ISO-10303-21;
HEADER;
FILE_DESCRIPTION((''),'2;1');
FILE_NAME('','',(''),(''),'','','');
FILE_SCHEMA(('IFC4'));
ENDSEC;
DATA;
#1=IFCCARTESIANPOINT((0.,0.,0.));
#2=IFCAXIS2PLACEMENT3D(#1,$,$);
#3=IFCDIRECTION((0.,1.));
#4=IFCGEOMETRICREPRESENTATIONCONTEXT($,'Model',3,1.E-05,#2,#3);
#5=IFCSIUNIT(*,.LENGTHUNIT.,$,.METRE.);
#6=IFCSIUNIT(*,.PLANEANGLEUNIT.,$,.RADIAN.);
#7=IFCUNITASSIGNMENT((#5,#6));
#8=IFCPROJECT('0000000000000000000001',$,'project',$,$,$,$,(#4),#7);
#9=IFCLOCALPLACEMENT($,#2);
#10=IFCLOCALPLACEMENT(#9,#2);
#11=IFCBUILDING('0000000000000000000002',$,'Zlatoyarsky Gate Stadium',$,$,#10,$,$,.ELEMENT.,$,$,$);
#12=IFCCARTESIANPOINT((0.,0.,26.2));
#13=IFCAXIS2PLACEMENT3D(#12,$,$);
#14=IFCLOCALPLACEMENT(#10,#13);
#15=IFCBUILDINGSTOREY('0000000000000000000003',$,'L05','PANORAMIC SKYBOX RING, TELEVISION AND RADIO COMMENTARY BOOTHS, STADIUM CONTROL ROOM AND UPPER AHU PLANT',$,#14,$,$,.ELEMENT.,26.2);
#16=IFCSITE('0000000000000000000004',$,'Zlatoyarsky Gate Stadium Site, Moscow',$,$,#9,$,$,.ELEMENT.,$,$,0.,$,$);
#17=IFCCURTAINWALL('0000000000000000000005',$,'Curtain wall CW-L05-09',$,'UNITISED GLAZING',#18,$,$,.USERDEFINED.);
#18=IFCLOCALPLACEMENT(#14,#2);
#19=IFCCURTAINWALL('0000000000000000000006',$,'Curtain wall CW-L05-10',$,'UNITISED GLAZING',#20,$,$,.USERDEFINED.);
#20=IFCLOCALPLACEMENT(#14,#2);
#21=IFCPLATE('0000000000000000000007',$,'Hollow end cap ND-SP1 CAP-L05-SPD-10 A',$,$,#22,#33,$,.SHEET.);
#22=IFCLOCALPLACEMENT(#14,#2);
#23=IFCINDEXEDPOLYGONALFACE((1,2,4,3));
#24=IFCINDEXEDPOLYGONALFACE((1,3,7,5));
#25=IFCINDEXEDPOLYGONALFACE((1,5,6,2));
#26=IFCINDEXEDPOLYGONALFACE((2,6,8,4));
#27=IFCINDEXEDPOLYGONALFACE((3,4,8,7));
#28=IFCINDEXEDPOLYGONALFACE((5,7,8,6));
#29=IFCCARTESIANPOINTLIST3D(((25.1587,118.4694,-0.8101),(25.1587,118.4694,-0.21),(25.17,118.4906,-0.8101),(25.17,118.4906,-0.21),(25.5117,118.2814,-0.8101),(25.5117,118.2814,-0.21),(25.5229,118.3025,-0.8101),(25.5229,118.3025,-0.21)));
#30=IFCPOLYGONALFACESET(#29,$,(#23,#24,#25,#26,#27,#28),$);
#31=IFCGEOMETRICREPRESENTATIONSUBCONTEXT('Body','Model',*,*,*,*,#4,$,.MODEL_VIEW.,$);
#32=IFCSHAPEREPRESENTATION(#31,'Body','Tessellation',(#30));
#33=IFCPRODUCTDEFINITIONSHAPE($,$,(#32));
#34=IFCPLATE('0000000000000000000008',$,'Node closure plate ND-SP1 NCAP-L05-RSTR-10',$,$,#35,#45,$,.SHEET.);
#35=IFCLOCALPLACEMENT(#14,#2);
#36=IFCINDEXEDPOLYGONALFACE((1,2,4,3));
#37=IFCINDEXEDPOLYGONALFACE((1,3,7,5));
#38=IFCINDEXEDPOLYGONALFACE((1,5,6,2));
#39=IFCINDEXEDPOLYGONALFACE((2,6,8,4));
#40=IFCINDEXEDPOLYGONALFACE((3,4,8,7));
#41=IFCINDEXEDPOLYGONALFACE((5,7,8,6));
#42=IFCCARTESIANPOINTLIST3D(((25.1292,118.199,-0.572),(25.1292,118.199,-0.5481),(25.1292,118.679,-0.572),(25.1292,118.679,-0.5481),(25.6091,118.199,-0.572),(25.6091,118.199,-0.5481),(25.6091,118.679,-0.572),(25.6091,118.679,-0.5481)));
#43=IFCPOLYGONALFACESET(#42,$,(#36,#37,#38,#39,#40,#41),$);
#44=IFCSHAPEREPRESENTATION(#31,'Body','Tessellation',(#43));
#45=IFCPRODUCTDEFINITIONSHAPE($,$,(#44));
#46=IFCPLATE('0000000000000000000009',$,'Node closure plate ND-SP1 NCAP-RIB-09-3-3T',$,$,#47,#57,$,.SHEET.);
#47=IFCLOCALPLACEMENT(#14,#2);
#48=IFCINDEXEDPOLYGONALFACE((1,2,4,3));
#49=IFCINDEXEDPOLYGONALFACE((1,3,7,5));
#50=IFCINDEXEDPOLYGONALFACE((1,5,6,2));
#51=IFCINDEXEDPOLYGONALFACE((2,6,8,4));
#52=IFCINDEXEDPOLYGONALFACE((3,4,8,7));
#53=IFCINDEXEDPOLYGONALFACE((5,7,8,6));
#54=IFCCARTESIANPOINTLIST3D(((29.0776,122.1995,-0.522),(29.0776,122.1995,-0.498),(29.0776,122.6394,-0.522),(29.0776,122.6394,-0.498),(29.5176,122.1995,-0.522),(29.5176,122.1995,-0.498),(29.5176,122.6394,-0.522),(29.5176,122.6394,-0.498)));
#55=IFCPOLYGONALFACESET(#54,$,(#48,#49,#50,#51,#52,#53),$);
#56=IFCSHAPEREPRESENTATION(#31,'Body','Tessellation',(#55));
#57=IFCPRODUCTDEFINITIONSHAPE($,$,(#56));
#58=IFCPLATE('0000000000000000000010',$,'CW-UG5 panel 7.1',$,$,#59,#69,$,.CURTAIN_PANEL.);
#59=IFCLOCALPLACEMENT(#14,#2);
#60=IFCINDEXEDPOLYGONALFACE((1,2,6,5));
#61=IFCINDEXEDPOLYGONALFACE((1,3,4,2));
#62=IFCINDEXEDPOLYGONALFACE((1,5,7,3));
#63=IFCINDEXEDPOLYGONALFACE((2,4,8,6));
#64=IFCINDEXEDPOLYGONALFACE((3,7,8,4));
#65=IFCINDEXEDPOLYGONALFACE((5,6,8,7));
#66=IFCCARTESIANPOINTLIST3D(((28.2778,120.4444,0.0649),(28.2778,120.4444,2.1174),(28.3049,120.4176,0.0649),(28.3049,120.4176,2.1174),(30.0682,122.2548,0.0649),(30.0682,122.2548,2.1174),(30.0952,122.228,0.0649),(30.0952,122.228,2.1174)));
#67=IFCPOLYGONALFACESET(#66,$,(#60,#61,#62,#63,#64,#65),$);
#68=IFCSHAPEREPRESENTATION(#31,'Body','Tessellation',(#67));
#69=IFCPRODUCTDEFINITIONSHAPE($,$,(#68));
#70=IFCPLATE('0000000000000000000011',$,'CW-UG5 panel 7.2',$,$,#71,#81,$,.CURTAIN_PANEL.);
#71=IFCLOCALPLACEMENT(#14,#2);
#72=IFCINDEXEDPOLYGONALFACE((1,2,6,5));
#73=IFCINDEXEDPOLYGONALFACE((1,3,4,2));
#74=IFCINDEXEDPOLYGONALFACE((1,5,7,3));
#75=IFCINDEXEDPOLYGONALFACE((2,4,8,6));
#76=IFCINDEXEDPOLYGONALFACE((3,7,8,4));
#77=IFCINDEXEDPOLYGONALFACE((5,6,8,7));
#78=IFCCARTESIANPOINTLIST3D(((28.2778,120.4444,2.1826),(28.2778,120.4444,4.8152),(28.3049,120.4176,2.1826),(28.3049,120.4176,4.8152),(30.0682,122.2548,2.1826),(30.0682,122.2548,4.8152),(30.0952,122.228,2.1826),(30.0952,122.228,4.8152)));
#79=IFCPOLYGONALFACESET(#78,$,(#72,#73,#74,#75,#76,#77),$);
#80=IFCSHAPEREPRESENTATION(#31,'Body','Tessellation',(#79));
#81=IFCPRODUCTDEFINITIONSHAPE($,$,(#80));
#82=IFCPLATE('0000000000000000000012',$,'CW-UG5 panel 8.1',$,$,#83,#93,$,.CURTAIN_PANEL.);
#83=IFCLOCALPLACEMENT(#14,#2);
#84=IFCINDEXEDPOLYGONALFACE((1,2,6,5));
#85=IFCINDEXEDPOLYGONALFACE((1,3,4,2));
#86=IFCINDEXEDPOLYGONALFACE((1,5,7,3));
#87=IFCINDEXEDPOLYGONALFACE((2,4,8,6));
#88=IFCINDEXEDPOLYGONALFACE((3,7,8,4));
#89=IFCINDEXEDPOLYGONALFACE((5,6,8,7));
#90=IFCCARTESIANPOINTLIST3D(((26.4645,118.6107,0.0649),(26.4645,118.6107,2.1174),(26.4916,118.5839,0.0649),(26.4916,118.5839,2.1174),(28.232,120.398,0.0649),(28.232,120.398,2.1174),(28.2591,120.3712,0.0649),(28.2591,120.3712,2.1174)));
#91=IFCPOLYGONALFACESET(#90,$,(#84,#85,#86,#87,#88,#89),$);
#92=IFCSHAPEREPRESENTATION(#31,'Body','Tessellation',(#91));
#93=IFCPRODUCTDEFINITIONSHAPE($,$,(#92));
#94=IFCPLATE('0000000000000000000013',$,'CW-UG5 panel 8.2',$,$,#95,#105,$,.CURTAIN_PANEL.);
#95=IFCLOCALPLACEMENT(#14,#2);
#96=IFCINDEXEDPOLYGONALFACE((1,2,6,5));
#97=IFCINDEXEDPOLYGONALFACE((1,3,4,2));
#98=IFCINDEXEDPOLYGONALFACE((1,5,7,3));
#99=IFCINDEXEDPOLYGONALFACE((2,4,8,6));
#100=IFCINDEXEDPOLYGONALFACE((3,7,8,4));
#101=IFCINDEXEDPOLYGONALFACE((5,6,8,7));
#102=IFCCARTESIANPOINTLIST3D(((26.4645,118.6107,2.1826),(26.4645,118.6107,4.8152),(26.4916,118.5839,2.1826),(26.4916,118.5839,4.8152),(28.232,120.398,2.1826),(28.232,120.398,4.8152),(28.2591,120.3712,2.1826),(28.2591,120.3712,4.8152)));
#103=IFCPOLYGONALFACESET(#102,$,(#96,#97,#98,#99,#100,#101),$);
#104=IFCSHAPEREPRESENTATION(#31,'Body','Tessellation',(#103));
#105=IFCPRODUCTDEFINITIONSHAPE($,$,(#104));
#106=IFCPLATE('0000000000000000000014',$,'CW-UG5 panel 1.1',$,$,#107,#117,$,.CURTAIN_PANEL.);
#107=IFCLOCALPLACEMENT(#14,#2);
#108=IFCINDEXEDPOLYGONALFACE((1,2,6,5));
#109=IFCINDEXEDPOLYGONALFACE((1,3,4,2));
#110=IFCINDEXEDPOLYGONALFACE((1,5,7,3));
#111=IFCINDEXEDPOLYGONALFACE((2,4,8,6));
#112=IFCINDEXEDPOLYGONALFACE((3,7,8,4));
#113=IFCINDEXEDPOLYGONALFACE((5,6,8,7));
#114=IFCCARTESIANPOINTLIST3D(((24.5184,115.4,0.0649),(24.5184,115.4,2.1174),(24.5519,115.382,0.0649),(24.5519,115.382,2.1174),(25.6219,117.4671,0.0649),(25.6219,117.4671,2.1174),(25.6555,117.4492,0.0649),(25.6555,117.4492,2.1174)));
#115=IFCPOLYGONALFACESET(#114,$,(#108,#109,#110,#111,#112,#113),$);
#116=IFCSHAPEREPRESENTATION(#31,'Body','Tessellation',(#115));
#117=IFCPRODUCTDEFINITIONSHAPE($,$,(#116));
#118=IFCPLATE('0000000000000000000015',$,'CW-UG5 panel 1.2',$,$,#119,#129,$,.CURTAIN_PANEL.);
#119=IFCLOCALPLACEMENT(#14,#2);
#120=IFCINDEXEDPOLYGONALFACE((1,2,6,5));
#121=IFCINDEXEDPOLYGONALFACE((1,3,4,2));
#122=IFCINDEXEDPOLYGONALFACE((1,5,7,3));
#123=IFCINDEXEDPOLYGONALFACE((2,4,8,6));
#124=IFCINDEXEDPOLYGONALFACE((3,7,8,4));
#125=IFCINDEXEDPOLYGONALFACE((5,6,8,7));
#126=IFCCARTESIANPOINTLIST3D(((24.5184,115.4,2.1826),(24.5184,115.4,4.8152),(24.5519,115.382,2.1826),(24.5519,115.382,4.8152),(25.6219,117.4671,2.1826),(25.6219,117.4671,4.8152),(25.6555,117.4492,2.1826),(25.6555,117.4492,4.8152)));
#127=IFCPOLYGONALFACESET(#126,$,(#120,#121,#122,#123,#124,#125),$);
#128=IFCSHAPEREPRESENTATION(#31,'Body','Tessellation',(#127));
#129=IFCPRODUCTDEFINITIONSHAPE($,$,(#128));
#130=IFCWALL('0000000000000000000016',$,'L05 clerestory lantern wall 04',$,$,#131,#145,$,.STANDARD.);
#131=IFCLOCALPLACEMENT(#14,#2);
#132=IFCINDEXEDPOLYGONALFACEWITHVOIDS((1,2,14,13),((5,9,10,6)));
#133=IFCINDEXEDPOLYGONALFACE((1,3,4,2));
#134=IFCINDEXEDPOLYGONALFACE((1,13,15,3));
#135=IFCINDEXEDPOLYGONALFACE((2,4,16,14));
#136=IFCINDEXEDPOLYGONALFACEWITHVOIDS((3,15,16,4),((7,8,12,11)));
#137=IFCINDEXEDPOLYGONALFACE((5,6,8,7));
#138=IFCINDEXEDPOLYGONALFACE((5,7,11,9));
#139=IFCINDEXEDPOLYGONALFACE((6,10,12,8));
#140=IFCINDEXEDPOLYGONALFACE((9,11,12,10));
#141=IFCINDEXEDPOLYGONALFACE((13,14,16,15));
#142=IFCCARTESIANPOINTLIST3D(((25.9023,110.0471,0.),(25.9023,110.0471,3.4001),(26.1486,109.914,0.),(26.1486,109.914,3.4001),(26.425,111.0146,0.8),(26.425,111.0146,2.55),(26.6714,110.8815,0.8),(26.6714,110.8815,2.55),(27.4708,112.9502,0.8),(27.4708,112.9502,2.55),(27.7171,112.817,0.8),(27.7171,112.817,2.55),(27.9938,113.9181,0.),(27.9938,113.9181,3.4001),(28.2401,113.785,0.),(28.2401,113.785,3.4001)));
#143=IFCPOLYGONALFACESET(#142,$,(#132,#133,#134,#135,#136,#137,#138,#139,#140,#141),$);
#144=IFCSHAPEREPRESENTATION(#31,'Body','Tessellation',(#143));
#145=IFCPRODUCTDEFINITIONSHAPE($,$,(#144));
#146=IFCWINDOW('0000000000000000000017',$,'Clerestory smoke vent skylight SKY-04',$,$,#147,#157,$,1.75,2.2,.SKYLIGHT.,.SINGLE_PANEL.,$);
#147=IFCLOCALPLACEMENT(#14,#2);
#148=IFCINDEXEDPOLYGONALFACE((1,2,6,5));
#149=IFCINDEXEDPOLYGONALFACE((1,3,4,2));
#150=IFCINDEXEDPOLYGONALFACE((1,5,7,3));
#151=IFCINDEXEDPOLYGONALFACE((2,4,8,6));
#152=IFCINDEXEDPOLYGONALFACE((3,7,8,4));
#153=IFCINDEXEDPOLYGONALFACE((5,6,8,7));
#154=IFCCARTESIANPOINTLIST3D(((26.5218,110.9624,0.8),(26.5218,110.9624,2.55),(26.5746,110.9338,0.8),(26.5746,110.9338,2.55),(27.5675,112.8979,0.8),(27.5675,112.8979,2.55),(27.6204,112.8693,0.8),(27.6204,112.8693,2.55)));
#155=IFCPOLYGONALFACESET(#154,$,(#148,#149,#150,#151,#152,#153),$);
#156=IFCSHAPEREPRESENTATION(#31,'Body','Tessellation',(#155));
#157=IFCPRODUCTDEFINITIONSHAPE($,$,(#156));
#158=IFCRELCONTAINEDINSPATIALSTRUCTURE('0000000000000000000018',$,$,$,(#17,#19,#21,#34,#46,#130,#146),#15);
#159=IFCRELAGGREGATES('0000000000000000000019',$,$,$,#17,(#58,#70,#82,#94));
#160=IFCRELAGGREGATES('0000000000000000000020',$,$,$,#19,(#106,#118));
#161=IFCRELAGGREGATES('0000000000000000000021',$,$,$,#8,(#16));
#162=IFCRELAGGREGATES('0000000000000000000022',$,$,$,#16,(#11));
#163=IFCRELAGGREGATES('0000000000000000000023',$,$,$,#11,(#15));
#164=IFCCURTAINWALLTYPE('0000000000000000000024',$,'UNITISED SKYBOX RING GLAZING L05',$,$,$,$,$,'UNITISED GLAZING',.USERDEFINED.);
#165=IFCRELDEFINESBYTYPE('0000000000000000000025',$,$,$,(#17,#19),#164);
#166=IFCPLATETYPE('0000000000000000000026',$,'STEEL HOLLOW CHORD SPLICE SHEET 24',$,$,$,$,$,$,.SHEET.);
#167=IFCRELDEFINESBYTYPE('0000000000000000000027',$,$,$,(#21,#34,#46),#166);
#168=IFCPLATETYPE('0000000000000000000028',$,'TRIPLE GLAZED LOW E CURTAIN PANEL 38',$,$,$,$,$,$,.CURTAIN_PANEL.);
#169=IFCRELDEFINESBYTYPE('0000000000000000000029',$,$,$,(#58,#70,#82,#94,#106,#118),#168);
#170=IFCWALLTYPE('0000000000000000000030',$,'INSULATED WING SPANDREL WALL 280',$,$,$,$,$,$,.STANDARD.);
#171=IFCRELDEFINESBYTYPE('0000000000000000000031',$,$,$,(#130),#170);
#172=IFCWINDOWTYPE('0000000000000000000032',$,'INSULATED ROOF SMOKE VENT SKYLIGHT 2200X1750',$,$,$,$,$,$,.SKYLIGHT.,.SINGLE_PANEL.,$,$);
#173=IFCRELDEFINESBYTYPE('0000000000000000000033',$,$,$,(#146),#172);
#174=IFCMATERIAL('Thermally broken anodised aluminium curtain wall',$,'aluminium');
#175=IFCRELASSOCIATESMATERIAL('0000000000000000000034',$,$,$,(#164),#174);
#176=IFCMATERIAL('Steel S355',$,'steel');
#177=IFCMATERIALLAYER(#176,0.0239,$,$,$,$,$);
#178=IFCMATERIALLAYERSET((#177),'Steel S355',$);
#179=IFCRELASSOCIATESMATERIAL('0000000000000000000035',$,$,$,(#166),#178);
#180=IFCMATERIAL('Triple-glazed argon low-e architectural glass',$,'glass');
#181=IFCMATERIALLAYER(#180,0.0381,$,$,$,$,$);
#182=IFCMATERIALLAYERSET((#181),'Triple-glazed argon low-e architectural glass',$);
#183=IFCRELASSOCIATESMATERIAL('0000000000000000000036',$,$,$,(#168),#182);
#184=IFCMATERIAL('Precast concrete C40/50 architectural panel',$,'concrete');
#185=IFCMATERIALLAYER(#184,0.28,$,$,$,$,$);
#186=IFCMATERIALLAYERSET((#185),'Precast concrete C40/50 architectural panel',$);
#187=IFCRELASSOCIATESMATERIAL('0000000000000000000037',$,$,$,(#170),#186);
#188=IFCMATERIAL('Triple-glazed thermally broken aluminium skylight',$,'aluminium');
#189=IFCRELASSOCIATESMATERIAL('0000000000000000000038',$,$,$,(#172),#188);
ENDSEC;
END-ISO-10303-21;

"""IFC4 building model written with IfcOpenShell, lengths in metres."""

from ifc_helpers import new_model, si_unit, direction, frame, frame_2d, origin, origin_2d, place, context, subcontext, project, spatial, rectangle, extrude, material, layer, layer_set, type_object, element, fill, aggregate, save


model = new_model("IFC4")

# Units and contexts
model_context = context("Model", 3, precision=1e-05, world=origin(), true_north=direction((0.0, 1.0)))
body_context = subcontext(model_context, "Body", "Model", "MODEL_VIEW")
ifc_project = project(units=[si_unit("LENGTHUNIT", "METRE"), si_unit("PLANEANGLEUNIT", "RADIAN")], contexts=[model_context])

# Site, building, storey
site_placement = place(None, origin())
site = spatial("IfcSite", under=ifc_project, at=site_placement, Name="Zlatoyarsky Gate Stadium Site, Moscow", CompositionType="ELEMENT", RefElevation=0.0)
building_placement = place(site_placement, origin())
building = spatial("IfcBuilding", under=site, at=building_placement, Name="Zlatoyarsky Gate Stadium", CompositionType="ELEMENT")
storey_placement = place(building_placement, frame((0.0, 0.0, 26.2)))
storey = spatial("IfcBuildingStorey", under=building, at=storey_placement, Name="L05", Description="PANORAMIC SKYBOX RING, TELEVISION AND RADIO COMMENTARY BOOTHS, STADIUM CONTROL ROOM AND UPPER AHU PLANT", CompositionType="ELEMENT", Elevation=26.2)

# Curtain walls
ifc_material_1 = material(Name="Thermally broken anodised aluminium curtain wall", Category="aluminium")
curtain_wall_type = type_object("IfcCurtainWallType", Name="UNITISED SKYBOX RING GLAZING L05", ElementType="UNITISED GLAZING", PredefinedType="USERDEFINED", material=ifc_material_1)
curtain_wall_1_placement = place(storey_placement, origin())
curtain_wall_1 = element("IfcCurtainWall", 1, at=curtain_wall_1_placement, inside=storey, type_object=curtain_wall_type, Name="Curtain wall CW-L05-09", ObjectType="UNITISED GLAZING", PredefinedType="USERDEFINED")
curtain_wall_2_placement = place(storey_placement, origin())
curtain_wall_2 = element("IfcCurtainWall", 2, at=curtain_wall_2_placement, inside=storey, type_object=curtain_wall_type, Name="Curtain wall CW-L05-10", ObjectType="UNITISED GLAZING", PredefinedType="USERDEFINED")

# Shared definitions
ifc_material_2 = material(Name="Steel S355", Category="steel")

# Plates
ifc_layer_1 = layer(ifc_material_2, 0.0239)
ifc_layer_set_1 = layer_set([ifc_layer_1], Name="Steel S355")
plate_type_1 = type_object("IfcPlateType", Name="STEEL HOLLOW CHORD SPLICE SHEET 24", PredefinedType="SHEET", material=ifc_layer_set_1)
for number, where, z_axis, x_axis, name in (
    (3, (25.3408, 118.386, -0.8101), (0.0, 0.0, 1.0), (-0.470188, -0.882566, 0.0), "Hollow end cap ND-SP1 CAP-L05-SPD-10 A"),
):
    element("IfcPlate", number, at=place(storey_placement, frame(where, z_axis=z_axis, x_axis=x_axis)), inside=storey, type_object=plate_type_1, Name=name, PredefinedType="SHEET", context=body_context, shape_type="SweptSolid", body=[
        extrude(rectangle(XDim=0.0239, YDim=0.3999, at=origin_2d()), origin(), (0.0, 0.0, 1.0), 0.6001),
    ])
plate_1_placement = place(storey_placement, frame((25.3691, 118.439, -0.572), z_axis=(0.0, 0.0, 1.0), x_axis=(1.0, 0.0, 0.0)))
element("IfcPlate", 4, at=plate_1_placement, inside=storey, type_object=plate_type_1, Name="Node closure plate ND-SP1 NCAP-L05-RSTR-10", PredefinedType="SHEET", context=body_context, shape_type="SweptSolid", body=[
    extrude(rectangle(XDim=0.48, YDim=0.48, at=origin_2d()), origin(), (0.0, 0.0, 1.0), 0.0239),
])
plate_2_placement = place(storey_placement, frame((29.2976, 122.4194, -0.522), z_axis=(0.0, 0.0, 1.0), x_axis=(1.0, 0.0, 0.0)))
element("IfcPlate", 5, at=plate_2_placement, inside=storey, type_object=plate_type_1, Name="Node closure plate ND-SP1 NCAP-RIB-09-3-3T", PredefinedType="SHEET", context=body_context, shape_type="SweptSolid", body=[
    extrude(rectangle(XDim=0.4399, YDim=0.4399, at=origin_2d()), origin(), (0.0, 0.0, 1.0), 0.0239),
])

# Plates
ifc_material_3 = material(Name="Triple-glazed argon low-e architectural glass", Category="glass")
ifc_layer_2 = layer(ifc_material_3, 0.0381)
ifc_layer_set_2 = layer_set([ifc_layer_2], Name="Triple-glazed argon low-e architectural glass")
plate_type_2 = type_object("IfcPlateType", Name="TRIPLE GLAZED LOW E CURTAIN PANEL 38", PredefinedType="CURTAIN_PANEL", material=ifc_layer_set_2)
plate_3_placement = place(storey_placement, frame((29.1865, 121.3362, 0.0649), z_axis=(0.0, 0.0, 1.0), x_axis=(-0.703156, -0.711036, 0.0)))
plate_3 = element("IfcPlate", 6, at=plate_3_placement, type_object=plate_type_2, Name="CW-UG5 panel 7.1", PredefinedType="CURTAIN_PANEL", context=body_context, shape_type="SweptSolid", body=[
    extrude(rectangle(XDim=2.5461, YDim=0.0381, at=origin_2d()), origin(), (0.0, 0.0, 1.0), 2.0525),
])
plate_4_placement = place(storey_placement, frame((29.1865, 121.3362, 2.1826), z_axis=(0.0, 0.0, 1.0), x_axis=(-0.703156, -0.711036, 0.0)))
plate_4 = element("IfcPlate", 7, at=plate_4_placement, type_object=plate_type_2, Name="CW-UG5 panel 7.2", PredefinedType="CURTAIN_PANEL", context=body_context, shape_type="SweptSolid", body=[
    extrude(rectangle(XDim=2.5461, YDim=0.0381, at=origin_2d()), origin(), (0.0, 0.0, 1.0), 2.6326),
])
plate_5_placement = place(storey_placement, frame((27.3618, 119.491, 0.0649), z_axis=(0.0, 0.0, 1.0), x_axis=(-0.703156, -0.711036, 0.0)))
plate_5 = element("IfcPlate", 8, at=plate_5_placement, type_object=plate_type_2, Name="CW-UG5 panel 8.1", PredefinedType="CURTAIN_PANEL", context=body_context, shape_type="SweptSolid", body=[
    extrude(rectangle(XDim=2.5137, YDim=0.0381, at=origin_2d()), origin(), (0.0, 0.0, 1.0), 2.0525),
])
plate_6_placement = place(storey_placement, frame((27.3618, 119.491, 2.1826), z_axis=(0.0, 0.0, 1.0), x_axis=(-0.703156, -0.711036, 0.0)))
plate_6 = element("IfcPlate", 9, at=plate_6_placement, type_object=plate_type_2, Name="CW-UG5 panel 8.2", PredefinedType="CURTAIN_PANEL", context=body_context, shape_type="SweptSolid", body=[
    extrude(rectangle(XDim=2.5137, YDim=0.0381, at=origin_2d()), origin(), (0.0, 0.0, 1.0), 2.6326),
])
aggregate(curtain_wall_1, [plate_3, plate_4, plate_5, plate_6])
plate_7_placement = place(storey_placement, frame((25.0869, 116.4246, 0.0649), z_axis=(0.0, 0.0, 1.0), x_axis=(-0.470937, -0.882167, 0.0)))
plate_7 = element("IfcPlate", 10, at=plate_7_placement, type_object=plate_type_2, Name="CW-UG5 panel 1.1", PredefinedType="CURTAIN_PANEL", context=body_context, shape_type="SweptSolid", body=[
    extrude(rectangle(XDim=2.3433, YDim=0.0381, at=origin_2d()), origin(), (0.0, 0.0, 1.0), 2.0525),
])
plate_8_placement = place(storey_placement, frame((25.0869, 116.4246, 2.1826), z_axis=(0.0, 0.0, 1.0), x_axis=(-0.470937, -0.882167, 0.0)))
plate_8 = element("IfcPlate", 11, at=plate_8_placement, type_object=plate_type_2, Name="CW-UG5 panel 1.2", PredefinedType="CURTAIN_PANEL", context=body_context, shape_type="SweptSolid", body=[
    extrude(rectangle(XDim=2.3433, YDim=0.0381, at=origin_2d()), origin(), (0.0, 0.0, 1.0), 2.6326),
])
aggregate(curtain_wall_2, [plate_7, plate_8])

# Wall, opening, window
ifc_material_4 = material(Name="Precast concrete C40/50 architectural panel", Category="concrete")
ifc_layer_3 = layer(ifc_material_4, 0.28)
ifc_layer_set_3 = layer_set([ifc_layer_3], Name="Precast concrete C40/50 architectural panel")
wall_type = type_object("IfcWallType", Name="INSULATED WING SPANDREL WALL 280", PredefinedType="STANDARD", material=ifc_layer_set_3)
wall_placement = place(storey_placement, frame((28.1169, 113.8516, 0.0), z_axis=(0.0, 0.0, 1.0), x_axis=(-0.475353, -0.879795, 0.0)))
wall = element("IfcWall", 12, at=wall_placement, inside=storey, type_object=wall_type, Name="L05 clerestory lantern wall 04", PredefinedType="STANDARD", context=body_context, shape_type="SweptSolid", body=[
    extrude(rectangle(XDim=4.3999, YDim=0.28, at=frame_2d((2.2, 0.0))), origin(), (0.0, 0.0, 1.0), 3.4001),
])
opening_placement = place(wall_placement, frame((1.1001, 0.0, 0.8)))
opening = element("IfcOpeningElement", 13, at=opening_placement, cuts=wall, PredefinedType="OPENING", context=body_context, shape_type="SweptSolid", body=[
    extrude(rectangle(XDim=2.2, YDim=1.75, at=frame_2d((1.1001, 0.875))), frame((0.0, 0.1499, 0.0), z_axis=(0.0, -1.0, 0.0), x_axis=(1.0, 0.0, 0.0)), (0.0, 0.0, 1.0), 0.3),
])
ifc_material_5 = material(Name="Triple-glazed thermally broken aluminium skylight", Category="aluminium")
window_type = type_object("IfcWindowType", Name="INSULATED ROOF SMOKE VENT SKYLIGHT 2200X1750", PartitioningType="SINGLE_PANEL", PredefinedType="SKYLIGHT", material=ifc_material_5)
window_placement = place(opening_placement, origin())
window = element("IfcWindow", 14, at=window_placement, inside=storey, type_object=window_type, Name="Clerestory smoke vent skylight SKY-04", OverallHeight=1.75, OverallWidth=2.2, PartitioningType="SINGLE_PANEL", PredefinedType="SKYLIGHT", context=body_context, shape_type="SweptSolid", body=[
    extrude(rectangle(XDim=2.2, YDim=1.75, at=frame_2d((1.1001, 0.875))), frame((0.0, 0.03, 0.0), z_axis=(0.0, -1.0, 0.0), x_axis=(1.0, 0.0, 0.0)), (0.0, 0.0, 1.0), 0.0601),
])
fill(opening, window)

save(model, "model.ifc")
